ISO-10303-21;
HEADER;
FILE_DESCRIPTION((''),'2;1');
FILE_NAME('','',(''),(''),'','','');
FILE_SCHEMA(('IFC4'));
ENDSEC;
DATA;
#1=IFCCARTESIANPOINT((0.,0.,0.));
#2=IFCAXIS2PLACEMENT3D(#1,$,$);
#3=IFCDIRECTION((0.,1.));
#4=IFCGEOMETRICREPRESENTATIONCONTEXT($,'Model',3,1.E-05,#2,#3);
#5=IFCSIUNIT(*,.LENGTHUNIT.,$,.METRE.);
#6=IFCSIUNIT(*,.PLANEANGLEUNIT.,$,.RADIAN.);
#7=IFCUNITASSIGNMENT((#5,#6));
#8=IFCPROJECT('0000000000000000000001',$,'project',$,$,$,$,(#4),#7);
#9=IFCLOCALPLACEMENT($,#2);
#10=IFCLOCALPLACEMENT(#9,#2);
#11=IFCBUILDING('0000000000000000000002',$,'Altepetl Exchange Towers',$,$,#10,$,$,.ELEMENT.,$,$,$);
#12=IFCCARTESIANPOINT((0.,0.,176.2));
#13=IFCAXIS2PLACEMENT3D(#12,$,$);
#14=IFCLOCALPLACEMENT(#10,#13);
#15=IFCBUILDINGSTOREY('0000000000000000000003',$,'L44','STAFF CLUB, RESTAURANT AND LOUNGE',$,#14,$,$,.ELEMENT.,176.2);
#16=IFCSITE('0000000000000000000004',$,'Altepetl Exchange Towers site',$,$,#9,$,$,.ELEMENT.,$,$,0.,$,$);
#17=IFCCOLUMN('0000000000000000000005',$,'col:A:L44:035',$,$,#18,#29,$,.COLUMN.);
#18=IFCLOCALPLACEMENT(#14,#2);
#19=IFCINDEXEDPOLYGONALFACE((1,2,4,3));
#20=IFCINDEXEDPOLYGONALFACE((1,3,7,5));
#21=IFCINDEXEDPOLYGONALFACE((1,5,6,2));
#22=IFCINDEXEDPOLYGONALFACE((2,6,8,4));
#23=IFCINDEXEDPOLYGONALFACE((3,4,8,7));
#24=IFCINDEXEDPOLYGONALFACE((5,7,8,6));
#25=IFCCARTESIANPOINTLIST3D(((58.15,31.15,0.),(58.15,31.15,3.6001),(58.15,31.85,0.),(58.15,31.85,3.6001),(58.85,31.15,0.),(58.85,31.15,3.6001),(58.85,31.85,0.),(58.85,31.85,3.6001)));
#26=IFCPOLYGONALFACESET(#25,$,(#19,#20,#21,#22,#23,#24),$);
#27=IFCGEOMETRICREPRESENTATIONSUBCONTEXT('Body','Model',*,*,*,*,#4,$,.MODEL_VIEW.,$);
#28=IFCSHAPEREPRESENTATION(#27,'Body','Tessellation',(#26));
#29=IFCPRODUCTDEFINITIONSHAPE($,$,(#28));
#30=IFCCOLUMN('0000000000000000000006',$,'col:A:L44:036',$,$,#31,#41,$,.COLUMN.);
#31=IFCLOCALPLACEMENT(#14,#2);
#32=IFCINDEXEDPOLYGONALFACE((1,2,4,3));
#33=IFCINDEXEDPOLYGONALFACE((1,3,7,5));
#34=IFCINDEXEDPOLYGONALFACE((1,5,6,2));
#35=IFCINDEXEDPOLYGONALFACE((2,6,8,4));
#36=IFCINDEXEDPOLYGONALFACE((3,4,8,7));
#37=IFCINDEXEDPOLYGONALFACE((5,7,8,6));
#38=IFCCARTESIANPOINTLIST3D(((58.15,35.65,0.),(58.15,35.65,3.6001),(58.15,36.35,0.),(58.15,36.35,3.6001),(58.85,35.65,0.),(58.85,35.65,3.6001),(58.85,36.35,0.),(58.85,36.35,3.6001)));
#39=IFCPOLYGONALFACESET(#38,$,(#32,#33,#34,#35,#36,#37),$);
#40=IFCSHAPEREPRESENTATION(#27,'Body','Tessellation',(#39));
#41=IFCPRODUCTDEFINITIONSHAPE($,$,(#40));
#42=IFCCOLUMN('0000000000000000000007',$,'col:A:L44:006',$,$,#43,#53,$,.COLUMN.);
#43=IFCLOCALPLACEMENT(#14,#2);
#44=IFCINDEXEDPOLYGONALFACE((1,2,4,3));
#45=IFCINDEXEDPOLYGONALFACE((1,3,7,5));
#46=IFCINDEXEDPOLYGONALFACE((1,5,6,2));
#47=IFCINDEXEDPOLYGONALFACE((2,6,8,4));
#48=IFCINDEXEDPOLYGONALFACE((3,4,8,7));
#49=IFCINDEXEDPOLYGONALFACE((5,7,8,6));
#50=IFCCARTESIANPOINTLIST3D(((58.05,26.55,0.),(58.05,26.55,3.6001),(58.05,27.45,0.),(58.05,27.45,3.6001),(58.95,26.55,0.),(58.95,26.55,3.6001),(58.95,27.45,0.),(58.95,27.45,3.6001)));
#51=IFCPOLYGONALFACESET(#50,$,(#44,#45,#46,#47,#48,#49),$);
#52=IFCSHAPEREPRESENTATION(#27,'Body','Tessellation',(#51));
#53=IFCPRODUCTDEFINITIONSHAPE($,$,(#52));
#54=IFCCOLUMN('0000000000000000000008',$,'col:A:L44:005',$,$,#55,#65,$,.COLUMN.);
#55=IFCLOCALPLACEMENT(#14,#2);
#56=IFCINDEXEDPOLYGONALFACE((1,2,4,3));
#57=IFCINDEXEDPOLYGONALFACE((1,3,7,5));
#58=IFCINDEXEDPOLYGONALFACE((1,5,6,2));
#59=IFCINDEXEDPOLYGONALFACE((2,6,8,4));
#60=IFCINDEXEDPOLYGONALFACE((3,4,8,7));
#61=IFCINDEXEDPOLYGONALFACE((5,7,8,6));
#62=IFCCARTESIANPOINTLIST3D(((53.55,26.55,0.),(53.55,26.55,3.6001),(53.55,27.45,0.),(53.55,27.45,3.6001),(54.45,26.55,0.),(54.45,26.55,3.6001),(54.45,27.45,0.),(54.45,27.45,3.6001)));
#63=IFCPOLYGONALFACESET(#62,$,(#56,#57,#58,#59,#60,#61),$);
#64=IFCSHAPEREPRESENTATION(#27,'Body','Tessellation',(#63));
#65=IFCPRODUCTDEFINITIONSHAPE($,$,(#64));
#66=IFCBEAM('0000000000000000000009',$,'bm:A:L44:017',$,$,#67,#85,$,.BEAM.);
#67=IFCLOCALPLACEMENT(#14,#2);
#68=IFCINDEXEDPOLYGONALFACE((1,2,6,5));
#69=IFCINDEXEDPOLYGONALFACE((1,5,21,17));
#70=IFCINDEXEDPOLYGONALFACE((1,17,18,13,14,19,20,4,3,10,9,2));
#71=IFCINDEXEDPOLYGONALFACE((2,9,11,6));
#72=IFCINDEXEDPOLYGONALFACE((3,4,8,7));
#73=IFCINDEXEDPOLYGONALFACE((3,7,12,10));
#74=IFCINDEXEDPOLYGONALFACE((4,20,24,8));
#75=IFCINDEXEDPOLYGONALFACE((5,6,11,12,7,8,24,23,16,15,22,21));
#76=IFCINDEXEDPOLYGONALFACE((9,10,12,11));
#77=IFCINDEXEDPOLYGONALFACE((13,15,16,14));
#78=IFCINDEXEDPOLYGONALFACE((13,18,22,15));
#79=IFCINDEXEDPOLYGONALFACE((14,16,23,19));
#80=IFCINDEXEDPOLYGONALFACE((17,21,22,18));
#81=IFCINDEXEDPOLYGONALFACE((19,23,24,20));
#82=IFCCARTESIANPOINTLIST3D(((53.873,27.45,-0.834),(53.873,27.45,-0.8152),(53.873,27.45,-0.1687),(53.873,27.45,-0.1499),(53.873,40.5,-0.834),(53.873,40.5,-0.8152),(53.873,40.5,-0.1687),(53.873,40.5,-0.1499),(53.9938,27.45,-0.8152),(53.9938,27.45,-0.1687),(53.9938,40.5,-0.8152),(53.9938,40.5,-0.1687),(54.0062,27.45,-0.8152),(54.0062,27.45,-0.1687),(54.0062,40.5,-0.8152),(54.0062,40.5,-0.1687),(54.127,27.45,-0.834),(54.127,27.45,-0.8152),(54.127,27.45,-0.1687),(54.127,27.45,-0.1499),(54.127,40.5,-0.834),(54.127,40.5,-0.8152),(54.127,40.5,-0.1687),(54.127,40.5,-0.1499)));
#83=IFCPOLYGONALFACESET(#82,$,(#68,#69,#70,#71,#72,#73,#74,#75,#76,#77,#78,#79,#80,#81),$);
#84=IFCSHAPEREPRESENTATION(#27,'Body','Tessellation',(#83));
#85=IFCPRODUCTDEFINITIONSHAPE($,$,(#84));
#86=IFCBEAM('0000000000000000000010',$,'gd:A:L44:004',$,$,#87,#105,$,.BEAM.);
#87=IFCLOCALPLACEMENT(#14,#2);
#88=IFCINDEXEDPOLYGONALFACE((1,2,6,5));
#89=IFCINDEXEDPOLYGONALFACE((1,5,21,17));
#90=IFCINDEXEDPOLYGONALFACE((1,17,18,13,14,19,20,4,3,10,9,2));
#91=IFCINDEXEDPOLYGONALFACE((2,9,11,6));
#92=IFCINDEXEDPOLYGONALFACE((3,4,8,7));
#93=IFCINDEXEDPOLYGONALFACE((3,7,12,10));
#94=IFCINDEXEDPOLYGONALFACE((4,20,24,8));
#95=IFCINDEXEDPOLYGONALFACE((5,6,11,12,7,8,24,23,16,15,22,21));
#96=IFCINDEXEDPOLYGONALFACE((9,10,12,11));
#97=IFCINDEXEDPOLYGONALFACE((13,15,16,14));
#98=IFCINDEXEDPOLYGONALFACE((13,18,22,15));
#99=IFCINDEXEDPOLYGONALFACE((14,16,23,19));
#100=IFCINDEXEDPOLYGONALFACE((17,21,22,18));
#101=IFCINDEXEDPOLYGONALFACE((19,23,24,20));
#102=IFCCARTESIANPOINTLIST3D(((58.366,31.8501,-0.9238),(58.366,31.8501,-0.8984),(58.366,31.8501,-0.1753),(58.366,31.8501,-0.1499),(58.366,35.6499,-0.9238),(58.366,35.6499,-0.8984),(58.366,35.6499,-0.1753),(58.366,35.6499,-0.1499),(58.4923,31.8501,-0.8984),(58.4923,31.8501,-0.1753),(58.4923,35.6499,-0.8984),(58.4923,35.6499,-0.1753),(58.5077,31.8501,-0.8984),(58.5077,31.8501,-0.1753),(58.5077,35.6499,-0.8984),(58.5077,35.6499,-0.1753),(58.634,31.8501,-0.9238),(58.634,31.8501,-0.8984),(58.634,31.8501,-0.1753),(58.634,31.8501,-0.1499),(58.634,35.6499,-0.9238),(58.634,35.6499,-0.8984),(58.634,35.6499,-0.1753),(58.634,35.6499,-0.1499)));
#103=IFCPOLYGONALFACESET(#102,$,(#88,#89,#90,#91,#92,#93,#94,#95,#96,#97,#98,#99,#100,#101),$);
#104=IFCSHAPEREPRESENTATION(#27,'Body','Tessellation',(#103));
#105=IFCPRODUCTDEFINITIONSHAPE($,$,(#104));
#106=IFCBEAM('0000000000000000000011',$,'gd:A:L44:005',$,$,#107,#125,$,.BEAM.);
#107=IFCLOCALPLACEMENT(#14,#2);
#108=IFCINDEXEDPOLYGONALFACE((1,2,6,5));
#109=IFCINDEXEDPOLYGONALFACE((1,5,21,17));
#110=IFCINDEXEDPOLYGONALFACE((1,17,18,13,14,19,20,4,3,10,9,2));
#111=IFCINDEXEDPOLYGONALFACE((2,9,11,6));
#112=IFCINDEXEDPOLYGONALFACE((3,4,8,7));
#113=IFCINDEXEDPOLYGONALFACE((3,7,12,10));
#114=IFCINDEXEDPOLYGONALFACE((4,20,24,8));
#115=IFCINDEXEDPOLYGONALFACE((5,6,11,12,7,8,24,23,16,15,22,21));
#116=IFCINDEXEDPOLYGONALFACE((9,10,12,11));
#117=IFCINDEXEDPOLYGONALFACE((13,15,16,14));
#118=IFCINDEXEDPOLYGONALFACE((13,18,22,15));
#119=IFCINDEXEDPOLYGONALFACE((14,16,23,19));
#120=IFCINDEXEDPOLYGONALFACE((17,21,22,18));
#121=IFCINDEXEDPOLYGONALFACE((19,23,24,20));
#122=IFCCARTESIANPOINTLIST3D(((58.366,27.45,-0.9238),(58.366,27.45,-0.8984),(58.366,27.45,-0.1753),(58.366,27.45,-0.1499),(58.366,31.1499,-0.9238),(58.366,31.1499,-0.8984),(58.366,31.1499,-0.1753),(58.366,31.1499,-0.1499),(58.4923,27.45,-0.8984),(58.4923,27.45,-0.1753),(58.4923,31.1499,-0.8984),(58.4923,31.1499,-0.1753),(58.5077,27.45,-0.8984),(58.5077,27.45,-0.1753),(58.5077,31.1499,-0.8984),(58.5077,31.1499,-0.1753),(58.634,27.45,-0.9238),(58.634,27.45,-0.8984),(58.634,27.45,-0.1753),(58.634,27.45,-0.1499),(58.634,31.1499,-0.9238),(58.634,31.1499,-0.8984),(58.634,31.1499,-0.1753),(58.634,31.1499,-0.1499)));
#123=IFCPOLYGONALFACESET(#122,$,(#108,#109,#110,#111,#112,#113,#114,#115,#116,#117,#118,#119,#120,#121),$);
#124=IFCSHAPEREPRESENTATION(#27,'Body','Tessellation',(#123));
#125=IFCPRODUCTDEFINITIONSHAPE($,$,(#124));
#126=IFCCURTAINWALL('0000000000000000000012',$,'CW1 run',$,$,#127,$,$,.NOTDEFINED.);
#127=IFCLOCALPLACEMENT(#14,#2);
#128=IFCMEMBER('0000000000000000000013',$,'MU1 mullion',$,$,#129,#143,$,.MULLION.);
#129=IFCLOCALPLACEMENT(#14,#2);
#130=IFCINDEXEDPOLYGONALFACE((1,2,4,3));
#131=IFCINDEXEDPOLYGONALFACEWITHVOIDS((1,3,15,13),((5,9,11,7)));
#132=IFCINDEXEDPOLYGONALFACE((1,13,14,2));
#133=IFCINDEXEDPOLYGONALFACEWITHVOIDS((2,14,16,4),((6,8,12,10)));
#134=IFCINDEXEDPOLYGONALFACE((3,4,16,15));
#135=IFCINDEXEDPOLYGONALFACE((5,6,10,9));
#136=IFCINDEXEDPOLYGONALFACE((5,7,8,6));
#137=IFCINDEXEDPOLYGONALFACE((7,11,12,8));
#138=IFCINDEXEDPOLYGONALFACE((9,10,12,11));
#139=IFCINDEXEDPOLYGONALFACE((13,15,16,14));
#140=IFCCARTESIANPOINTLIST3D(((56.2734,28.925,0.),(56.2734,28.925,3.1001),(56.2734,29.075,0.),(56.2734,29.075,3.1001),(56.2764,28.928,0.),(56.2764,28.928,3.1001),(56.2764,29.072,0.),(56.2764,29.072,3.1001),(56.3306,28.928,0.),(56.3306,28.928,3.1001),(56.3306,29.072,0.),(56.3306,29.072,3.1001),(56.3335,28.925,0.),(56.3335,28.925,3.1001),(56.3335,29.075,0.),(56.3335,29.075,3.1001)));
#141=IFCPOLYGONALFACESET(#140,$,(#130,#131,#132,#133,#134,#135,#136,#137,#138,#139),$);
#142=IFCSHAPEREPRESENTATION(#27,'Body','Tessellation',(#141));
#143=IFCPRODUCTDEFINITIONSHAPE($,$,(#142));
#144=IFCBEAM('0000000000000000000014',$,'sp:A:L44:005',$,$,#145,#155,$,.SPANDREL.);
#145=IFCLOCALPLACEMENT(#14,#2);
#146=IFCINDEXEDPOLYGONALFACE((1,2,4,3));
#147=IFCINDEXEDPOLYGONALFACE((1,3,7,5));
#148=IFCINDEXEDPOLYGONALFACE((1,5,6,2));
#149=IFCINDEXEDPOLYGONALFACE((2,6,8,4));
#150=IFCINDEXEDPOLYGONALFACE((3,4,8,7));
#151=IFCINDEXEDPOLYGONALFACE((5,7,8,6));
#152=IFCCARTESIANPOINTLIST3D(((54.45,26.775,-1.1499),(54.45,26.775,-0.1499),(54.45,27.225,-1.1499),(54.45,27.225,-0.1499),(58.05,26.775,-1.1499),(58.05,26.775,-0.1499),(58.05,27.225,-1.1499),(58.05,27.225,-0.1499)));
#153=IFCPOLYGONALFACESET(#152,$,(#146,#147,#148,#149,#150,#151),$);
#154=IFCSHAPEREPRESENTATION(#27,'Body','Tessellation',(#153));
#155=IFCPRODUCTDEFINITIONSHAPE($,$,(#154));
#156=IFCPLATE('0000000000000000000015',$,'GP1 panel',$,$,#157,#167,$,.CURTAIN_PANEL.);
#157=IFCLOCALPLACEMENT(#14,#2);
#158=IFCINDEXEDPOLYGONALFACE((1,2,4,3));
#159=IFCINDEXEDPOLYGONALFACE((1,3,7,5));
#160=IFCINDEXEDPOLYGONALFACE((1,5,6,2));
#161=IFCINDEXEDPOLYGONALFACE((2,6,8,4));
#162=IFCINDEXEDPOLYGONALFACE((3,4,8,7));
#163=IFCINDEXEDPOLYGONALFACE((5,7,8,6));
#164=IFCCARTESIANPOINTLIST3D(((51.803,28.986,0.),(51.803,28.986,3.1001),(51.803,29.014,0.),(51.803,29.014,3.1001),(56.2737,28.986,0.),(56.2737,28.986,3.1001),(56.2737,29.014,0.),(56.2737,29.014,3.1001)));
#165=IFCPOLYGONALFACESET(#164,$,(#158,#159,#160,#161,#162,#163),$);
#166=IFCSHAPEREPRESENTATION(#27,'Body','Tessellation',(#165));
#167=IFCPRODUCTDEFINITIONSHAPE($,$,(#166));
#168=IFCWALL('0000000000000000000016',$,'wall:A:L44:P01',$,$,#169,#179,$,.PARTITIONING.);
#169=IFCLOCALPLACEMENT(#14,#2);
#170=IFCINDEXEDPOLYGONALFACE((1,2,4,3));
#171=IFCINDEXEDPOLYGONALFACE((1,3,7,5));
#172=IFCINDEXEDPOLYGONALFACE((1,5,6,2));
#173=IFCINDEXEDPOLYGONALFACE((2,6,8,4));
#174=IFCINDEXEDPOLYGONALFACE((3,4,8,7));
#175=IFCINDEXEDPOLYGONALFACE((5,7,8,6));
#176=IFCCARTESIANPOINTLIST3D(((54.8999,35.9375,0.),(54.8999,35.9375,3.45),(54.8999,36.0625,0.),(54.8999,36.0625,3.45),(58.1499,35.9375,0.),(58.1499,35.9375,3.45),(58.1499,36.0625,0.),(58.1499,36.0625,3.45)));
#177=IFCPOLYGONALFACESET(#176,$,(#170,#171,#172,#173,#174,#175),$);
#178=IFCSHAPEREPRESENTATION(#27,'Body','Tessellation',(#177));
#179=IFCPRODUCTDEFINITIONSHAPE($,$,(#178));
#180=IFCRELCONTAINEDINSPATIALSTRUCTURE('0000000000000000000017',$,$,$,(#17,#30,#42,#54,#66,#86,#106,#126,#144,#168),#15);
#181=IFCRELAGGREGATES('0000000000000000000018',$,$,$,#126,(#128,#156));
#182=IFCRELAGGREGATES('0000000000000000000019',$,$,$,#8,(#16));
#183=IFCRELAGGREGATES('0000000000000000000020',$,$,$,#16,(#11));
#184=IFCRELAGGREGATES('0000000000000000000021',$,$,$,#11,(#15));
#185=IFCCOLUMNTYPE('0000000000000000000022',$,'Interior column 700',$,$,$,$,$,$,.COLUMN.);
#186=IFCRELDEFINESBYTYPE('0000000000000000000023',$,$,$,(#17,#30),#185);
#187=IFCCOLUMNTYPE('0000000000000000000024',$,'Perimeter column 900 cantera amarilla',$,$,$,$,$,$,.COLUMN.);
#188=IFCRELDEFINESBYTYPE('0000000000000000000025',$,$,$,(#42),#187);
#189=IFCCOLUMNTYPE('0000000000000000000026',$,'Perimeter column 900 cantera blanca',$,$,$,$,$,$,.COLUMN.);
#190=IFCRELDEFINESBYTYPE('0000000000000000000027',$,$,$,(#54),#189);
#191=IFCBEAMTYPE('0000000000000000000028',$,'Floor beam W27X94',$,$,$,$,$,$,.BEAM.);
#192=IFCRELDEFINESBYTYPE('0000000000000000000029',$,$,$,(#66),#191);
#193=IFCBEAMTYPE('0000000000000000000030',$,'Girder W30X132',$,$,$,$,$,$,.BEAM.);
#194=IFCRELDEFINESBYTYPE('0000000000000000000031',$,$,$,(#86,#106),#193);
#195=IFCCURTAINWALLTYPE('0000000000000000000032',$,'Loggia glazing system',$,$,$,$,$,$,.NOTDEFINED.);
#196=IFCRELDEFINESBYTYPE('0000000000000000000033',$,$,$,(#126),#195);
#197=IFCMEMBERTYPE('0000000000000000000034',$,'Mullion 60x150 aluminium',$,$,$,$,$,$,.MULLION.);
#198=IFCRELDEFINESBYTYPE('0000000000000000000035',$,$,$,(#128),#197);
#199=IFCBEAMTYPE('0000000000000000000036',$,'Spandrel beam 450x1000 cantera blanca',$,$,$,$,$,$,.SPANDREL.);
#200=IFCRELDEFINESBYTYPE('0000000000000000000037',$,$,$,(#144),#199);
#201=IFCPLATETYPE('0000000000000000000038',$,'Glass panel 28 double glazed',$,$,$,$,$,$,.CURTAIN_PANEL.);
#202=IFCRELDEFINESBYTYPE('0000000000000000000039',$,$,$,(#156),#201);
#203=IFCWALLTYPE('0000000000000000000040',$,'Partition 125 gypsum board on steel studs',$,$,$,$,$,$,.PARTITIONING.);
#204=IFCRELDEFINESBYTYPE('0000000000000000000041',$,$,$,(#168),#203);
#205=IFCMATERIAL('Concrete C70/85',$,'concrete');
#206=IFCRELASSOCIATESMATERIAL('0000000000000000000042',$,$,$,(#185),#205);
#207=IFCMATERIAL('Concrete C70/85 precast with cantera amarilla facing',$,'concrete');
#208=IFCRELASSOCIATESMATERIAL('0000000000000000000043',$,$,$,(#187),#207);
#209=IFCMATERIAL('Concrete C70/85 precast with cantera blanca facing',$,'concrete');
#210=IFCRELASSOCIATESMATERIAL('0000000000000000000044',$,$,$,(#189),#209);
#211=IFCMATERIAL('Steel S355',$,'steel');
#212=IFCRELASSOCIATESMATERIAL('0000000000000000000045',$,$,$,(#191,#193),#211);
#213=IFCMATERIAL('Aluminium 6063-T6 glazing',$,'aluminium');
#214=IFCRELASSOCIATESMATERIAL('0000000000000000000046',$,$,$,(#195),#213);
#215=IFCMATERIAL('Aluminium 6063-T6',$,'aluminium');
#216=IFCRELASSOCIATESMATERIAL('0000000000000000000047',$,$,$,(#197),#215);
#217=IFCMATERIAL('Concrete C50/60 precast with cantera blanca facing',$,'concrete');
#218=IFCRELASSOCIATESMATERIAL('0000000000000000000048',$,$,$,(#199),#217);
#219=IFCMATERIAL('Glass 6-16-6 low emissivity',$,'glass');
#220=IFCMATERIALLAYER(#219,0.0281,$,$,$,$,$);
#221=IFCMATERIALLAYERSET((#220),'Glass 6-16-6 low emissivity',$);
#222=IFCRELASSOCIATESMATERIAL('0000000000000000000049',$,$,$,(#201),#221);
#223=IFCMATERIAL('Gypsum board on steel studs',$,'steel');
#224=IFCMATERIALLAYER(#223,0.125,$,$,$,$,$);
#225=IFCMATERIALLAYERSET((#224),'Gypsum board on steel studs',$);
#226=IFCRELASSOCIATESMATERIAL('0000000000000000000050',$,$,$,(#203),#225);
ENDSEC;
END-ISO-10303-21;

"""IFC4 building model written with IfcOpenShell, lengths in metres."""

from ifc_helpers import new_model, si_unit, direction, frame, frame_2d, origin, origin_2d, place, context, subcontext, project, spatial, rectangle, hollow_rectangle, i_section, extrude, material, layer, layer_set, material_profile, profile_set, type_object, element, aggregate, save


model = new_model("IFC4")

# Units and contexts
model_context = context("Model", 3, precision=1e-05, world=origin(), true_north=direction((0.0, 1.0)))
body_context = subcontext(model_context, "Body", "Model", "MODEL_VIEW")
ifc_project = project(units=[si_unit("LENGTHUNIT", "METRE"), si_unit("PLANEANGLEUNIT", "RADIAN")], contexts=[model_context])

# Site, building, storey
site_placement = place(None, origin())
site = spatial("IfcSite", under=ifc_project, at=site_placement, Name="Altepetl Exchange Towers site", CompositionType="ELEMENT", RefElevation=0.0)
building_placement = place(site_placement, origin())
building = spatial("IfcBuilding", under=site, at=building_placement, Name="Altepetl Exchange Towers", CompositionType="ELEMENT")
storey_placement = place(building_placement, frame((0.0, 0.0, 176.2)))
storey = spatial("IfcBuildingStorey", under=building, at=storey_placement, Name="L44", Description="STAFF CLUB, RESTAURANT AND LOUNGE", CompositionType="ELEMENT", Elevation=176.2)

# Columns
ifc_material_1 = material(Name="Concrete C70/85", Category="concrete")
ifc_material_profile_1 = material_profile(ifc_material_1, rectangle(XDim=0.7, YDim=0.7, at=origin_2d()), Name="700 x 700")
ifc_profile_set_1 = profile_set([ifc_material_profile_1], Name="Concrete C70/85")
column_type_1 = type_object("IfcColumnType", Name="Interior column 700", PredefinedType="COLUMN", material=ifc_profile_set_1)
for number, where, name in (
    (1, (58.5, 31.5, 0.0), "col:A:L44:035"),
    (2, (58.5, 36.0, 0.0), "col:A:L44:036"),
):
    element("IfcColumn", number, at=place(storey_placement, frame(where)), inside=storey, type_object=column_type_1, Name=name, PredefinedType="COLUMN", context=body_context, shape_type="SweptSolid", body=[
        extrude(rectangle(XDim=0.7, YDim=0.7, at=origin_2d()), origin(), (0.0, 0.0, 1.0), 3.6001),
    ])
ifc_material_2 = material(Name="Concrete C70/85 precast with cantera amarilla facing", Category="concrete")
ifc_material_profile_2 = material_profile(ifc_material_2, rectangle(XDim=0.8999, YDim=0.8999, at=origin_2d()), Name="900 x 900")
ifc_profile_set_2 = profile_set([ifc_material_profile_2], Name="Concrete C70/85 precast with cantera amarilla facing")
column_type_2 = type_object("IfcColumnType", Name="Perimeter column 900 cantera amarilla", PredefinedType="COLUMN", material=ifc_profile_set_2)
column_1_placement = place(storey_placement, frame((58.5, 27.0, 0.0)))
element("IfcColumn", 3, at=column_1_placement, inside=storey, type_object=column_type_2, Name="col:A:L44:006", PredefinedType="COLUMN", context=body_context, shape_type="SweptSolid", body=[
    extrude(rectangle(XDim=0.8999, YDim=0.8999, at=origin_2d()), origin(), (0.0, 0.0, 1.0), 3.6001),
])
ifc_material_3 = material(Name="Concrete C70/85 precast with cantera blanca facing", Category="concrete")
ifc_material_profile_3 = material_profile(ifc_material_3, rectangle(XDim=0.8999, YDim=0.8999, at=origin_2d()), Name="900 x 900")
ifc_profile_set_3 = profile_set([ifc_material_profile_3], Name="Concrete C70/85 precast with cantera blanca facing")
column_type_3 = type_object("IfcColumnType", Name="Perimeter column 900 cantera blanca", PredefinedType="COLUMN", material=ifc_profile_set_3)
column_2_placement = place(storey_placement, frame((54.0, 27.0, 0.0)))
element("IfcColumn", 4, at=column_2_placement, inside=storey, type_object=column_type_3, Name="col:A:L44:005", PredefinedType="COLUMN", context=body_context, shape_type="SweptSolid", body=[
    extrude(rectangle(XDim=0.8999, YDim=0.8999, at=origin_2d()), origin(), (0.0, 0.0, 1.0), 3.6001),
])

# Beams
ifc_material_4 = material(Name="Steel S355", Category="steel")
ifc_material_profile_4 = material_profile(ifc_material_4, i_section(OverallWidth=0.2539, OverallDepth=0.6841, WebThickness=0.0125, FlangeThickness=0.0188, at=origin_2d()), Name="W27X94")
ifc_profile_set_4 = profile_set([ifc_material_profile_4], Name="Steel S355")
beam_type_1 = type_object("IfcBeamType", Name="Floor beam W27X94", PredefinedType="BEAM", material=ifc_profile_set_4)
beam_1_placement = place(storey_placement, frame((54.0, 27.45, -0.4919), z_axis=(0.0, 1.0, 0.0), x_axis=(-1.0, 0.0, 0.0)))
element("IfcBeam", 5, at=beam_1_placement, inside=storey, type_object=beam_type_1, Name="bm:A:L44:017", PredefinedType="BEAM", context=body_context, shape_type="SweptSolid", body=[
    extrude(i_section(OverallWidth=0.2539, OverallDepth=0.6841, WebThickness=0.0125, FlangeThickness=0.0188, at=origin_2d()), origin(), (0.0, 0.0, 1.0), 13.05),
])
ifc_material_profile_5 = material_profile(ifc_material_4, i_section(OverallWidth=0.2681, OverallDepth=0.7739, WebThickness=0.0154, FlangeThickness=0.0254, at=origin_2d()), Name="W30X132")
ifc_profile_set_5 = profile_set([ifc_material_profile_5], Name="Steel S355")
beam_type_2 = type_object("IfcBeamType", Name="Girder W30X132", PredefinedType="BEAM", material=ifc_profile_set_5)
beam_2_placement = place(storey_placement, frame((58.5, 35.6499, -0.5369), z_axis=(0.0, -1.0, 0.0), x_axis=(1.0, 0.0, 0.0)))
element("IfcBeam", 6, at=beam_2_placement, inside=storey, type_object=beam_type_2, Name="gd:A:L44:004", PredefinedType="BEAM", context=body_context, shape_type="SweptSolid", body=[
    extrude(i_section(OverallWidth=0.2681, OverallDepth=0.7739, WebThickness=0.0154, FlangeThickness=0.0254, at=origin_2d()), origin(), (0.0, 0.0, 1.0), 3.7998),
])
beam_3_placement = place(storey_placement, frame((58.5, 31.1499, -0.5369), z_axis=(0.0, -1.0, 0.0), x_axis=(1.0, 0.0, 0.0)))
element("IfcBeam", 7, at=beam_3_placement, inside=storey, type_object=beam_type_2, Name="gd:A:L44:005", PredefinedType="BEAM", context=body_context, shape_type="SweptSolid", body=[
    extrude(i_section(OverallWidth=0.2681, OverallDepth=0.7739, WebThickness=0.0154, FlangeThickness=0.0254, at=origin_2d()), origin(), (0.0, 0.0, 1.0), 3.7),
])

# Curtain wall, member
ifc_material_5 = material(Name="Aluminium 6063-T6 glazing", Category="aluminium")
curtain_wall_type = type_object("IfcCurtainWallType", Name="Loggia glazing system", PredefinedType="NOTDEFINED", material=ifc_material_5)
curtain_wall_placement = place(storey_placement, origin())
curtain_wall = element("IfcCurtainWall", 8, at=curtain_wall_placement, inside=storey, type_object=curtain_wall_type, Name="CW1 run", PredefinedType="NOTDEFINED")
ifc_material_6 = material(Name="Aluminium 6063-T6", Category="aluminium")
ifc_material_profile_6 = material_profile(ifc_material_6, hollow_rectangle(XDim=0.0601, YDim=0.1499, WallThickness=0.0029, at=origin_2d()), Name="Mullion 60x150 aluminium")
ifc_profile_set_6 = profile_set([ifc_material_profile_6], Name="Aluminium 6063-T6")
member_type = type_object("IfcMemberType", Name="Mullion 60x150 aluminium", PredefinedType="MULLION", material=ifc_profile_set_6)
member_placement = place(storey_placement, frame((56.3035, 29.0, 0.0)))
member = element("IfcMember", 9, at=member_placement, type_object=member_type, Name="MU1 mullion", PredefinedType="MULLION", context=body_context, shape_type="SweptSolid", body=[
    extrude(hollow_rectangle(XDim=0.0601, YDim=0.1499, WallThickness=0.0029, at=origin_2d()), origin(), (0.0, 0.0, 1.0), 3.1001),
])

# Beam
ifc_material_7 = material(Name="Concrete C50/60 precast with cantera blanca facing", Category="concrete")
ifc_material_profile_7 = material_profile(ifc_material_7, rectangle(XDim=0.45, YDim=1.0, at=origin_2d()), Name="450 x 1000")
ifc_profile_set_7 = profile_set([ifc_material_profile_7], Name="Concrete C50/60 precast with cantera blanca facing")
beam_type_3 = type_object("IfcBeamType", Name="Spandrel beam 450x1000 cantera blanca", PredefinedType="SPANDREL", material=ifc_profile_set_7)
beam_4_placement = place(storey_placement, frame((54.45, 27.0, -0.6499), z_axis=(1.0, 0.0, 0.0), x_axis=(0.0, 1.0, 0.0)))
element("IfcBeam", 10, at=beam_4_placement, inside=storey, type_object=beam_type_3, Name="sp:A:L44:005", PredefinedType="SPANDREL", context=body_context, shape_type="SweptSolid", body=[
    extrude(rectangle(XDim=0.45, YDim=1.0, at=origin_2d()), origin(), (0.0, 0.0, 1.0), 3.6001),
])

# Plate
ifc_material_8 = material(Name="Glass 6-16-6 low emissivity", Category="glass")
ifc_layer_1 = layer(ifc_material_8, 0.0281)
ifc_layer_set_1 = layer_set([ifc_layer_1], Name="Glass 6-16-6 low emissivity")
plate_type = type_object("IfcPlateType", Name="Glass panel 28 double glazed", PredefinedType="CURTAIN_PANEL", material=ifc_layer_set_1)
plate_placement = place(storey_placement, frame((54.0383, 29.0, 0.0)))
plate = element("IfcPlate", 11, at=plate_placement, type_object=plate_type, Name="GP1 panel", PredefinedType="CURTAIN_PANEL", context=body_context, shape_type="SweptSolid", body=[
    extrude(rectangle(XDim=4.4707, YDim=0.0281, at=origin_2d()), origin(), (0.0, 0.0, 1.0), 3.1001),
])
aggregate(curtain_wall, [member, plate])

# Wall
ifc_material_9 = material(Name="Gypsum board on steel studs", Category="steel")
ifc_layer_2 = layer(ifc_material_9, 0.125)
ifc_layer_set_2 = layer_set([ifc_layer_2], Name="Gypsum board on steel studs")
wall_type = type_object("IfcWallType", Name="Partition 125 gypsum board on steel studs", PredefinedType="PARTITIONING", material=ifc_layer_set_2)
wall_1_placement = place(storey_placement, frame((54.8999, 36.0, 0.0)))
element("IfcWall", 12, at=wall_1_placement, inside=storey, type_object=wall_type, Name="wall:A:L44:P01", PredefinedType="PARTITIONING", context=body_context, shape_type="SweptSolid", body=[
    extrude(rectangle(XDim=3.25, YDim=0.125, at=frame_2d((1.625, 0.0))), origin(), (0.0, 0.0, 1.0), 3.45),
])

save(model, "model.ifc")
